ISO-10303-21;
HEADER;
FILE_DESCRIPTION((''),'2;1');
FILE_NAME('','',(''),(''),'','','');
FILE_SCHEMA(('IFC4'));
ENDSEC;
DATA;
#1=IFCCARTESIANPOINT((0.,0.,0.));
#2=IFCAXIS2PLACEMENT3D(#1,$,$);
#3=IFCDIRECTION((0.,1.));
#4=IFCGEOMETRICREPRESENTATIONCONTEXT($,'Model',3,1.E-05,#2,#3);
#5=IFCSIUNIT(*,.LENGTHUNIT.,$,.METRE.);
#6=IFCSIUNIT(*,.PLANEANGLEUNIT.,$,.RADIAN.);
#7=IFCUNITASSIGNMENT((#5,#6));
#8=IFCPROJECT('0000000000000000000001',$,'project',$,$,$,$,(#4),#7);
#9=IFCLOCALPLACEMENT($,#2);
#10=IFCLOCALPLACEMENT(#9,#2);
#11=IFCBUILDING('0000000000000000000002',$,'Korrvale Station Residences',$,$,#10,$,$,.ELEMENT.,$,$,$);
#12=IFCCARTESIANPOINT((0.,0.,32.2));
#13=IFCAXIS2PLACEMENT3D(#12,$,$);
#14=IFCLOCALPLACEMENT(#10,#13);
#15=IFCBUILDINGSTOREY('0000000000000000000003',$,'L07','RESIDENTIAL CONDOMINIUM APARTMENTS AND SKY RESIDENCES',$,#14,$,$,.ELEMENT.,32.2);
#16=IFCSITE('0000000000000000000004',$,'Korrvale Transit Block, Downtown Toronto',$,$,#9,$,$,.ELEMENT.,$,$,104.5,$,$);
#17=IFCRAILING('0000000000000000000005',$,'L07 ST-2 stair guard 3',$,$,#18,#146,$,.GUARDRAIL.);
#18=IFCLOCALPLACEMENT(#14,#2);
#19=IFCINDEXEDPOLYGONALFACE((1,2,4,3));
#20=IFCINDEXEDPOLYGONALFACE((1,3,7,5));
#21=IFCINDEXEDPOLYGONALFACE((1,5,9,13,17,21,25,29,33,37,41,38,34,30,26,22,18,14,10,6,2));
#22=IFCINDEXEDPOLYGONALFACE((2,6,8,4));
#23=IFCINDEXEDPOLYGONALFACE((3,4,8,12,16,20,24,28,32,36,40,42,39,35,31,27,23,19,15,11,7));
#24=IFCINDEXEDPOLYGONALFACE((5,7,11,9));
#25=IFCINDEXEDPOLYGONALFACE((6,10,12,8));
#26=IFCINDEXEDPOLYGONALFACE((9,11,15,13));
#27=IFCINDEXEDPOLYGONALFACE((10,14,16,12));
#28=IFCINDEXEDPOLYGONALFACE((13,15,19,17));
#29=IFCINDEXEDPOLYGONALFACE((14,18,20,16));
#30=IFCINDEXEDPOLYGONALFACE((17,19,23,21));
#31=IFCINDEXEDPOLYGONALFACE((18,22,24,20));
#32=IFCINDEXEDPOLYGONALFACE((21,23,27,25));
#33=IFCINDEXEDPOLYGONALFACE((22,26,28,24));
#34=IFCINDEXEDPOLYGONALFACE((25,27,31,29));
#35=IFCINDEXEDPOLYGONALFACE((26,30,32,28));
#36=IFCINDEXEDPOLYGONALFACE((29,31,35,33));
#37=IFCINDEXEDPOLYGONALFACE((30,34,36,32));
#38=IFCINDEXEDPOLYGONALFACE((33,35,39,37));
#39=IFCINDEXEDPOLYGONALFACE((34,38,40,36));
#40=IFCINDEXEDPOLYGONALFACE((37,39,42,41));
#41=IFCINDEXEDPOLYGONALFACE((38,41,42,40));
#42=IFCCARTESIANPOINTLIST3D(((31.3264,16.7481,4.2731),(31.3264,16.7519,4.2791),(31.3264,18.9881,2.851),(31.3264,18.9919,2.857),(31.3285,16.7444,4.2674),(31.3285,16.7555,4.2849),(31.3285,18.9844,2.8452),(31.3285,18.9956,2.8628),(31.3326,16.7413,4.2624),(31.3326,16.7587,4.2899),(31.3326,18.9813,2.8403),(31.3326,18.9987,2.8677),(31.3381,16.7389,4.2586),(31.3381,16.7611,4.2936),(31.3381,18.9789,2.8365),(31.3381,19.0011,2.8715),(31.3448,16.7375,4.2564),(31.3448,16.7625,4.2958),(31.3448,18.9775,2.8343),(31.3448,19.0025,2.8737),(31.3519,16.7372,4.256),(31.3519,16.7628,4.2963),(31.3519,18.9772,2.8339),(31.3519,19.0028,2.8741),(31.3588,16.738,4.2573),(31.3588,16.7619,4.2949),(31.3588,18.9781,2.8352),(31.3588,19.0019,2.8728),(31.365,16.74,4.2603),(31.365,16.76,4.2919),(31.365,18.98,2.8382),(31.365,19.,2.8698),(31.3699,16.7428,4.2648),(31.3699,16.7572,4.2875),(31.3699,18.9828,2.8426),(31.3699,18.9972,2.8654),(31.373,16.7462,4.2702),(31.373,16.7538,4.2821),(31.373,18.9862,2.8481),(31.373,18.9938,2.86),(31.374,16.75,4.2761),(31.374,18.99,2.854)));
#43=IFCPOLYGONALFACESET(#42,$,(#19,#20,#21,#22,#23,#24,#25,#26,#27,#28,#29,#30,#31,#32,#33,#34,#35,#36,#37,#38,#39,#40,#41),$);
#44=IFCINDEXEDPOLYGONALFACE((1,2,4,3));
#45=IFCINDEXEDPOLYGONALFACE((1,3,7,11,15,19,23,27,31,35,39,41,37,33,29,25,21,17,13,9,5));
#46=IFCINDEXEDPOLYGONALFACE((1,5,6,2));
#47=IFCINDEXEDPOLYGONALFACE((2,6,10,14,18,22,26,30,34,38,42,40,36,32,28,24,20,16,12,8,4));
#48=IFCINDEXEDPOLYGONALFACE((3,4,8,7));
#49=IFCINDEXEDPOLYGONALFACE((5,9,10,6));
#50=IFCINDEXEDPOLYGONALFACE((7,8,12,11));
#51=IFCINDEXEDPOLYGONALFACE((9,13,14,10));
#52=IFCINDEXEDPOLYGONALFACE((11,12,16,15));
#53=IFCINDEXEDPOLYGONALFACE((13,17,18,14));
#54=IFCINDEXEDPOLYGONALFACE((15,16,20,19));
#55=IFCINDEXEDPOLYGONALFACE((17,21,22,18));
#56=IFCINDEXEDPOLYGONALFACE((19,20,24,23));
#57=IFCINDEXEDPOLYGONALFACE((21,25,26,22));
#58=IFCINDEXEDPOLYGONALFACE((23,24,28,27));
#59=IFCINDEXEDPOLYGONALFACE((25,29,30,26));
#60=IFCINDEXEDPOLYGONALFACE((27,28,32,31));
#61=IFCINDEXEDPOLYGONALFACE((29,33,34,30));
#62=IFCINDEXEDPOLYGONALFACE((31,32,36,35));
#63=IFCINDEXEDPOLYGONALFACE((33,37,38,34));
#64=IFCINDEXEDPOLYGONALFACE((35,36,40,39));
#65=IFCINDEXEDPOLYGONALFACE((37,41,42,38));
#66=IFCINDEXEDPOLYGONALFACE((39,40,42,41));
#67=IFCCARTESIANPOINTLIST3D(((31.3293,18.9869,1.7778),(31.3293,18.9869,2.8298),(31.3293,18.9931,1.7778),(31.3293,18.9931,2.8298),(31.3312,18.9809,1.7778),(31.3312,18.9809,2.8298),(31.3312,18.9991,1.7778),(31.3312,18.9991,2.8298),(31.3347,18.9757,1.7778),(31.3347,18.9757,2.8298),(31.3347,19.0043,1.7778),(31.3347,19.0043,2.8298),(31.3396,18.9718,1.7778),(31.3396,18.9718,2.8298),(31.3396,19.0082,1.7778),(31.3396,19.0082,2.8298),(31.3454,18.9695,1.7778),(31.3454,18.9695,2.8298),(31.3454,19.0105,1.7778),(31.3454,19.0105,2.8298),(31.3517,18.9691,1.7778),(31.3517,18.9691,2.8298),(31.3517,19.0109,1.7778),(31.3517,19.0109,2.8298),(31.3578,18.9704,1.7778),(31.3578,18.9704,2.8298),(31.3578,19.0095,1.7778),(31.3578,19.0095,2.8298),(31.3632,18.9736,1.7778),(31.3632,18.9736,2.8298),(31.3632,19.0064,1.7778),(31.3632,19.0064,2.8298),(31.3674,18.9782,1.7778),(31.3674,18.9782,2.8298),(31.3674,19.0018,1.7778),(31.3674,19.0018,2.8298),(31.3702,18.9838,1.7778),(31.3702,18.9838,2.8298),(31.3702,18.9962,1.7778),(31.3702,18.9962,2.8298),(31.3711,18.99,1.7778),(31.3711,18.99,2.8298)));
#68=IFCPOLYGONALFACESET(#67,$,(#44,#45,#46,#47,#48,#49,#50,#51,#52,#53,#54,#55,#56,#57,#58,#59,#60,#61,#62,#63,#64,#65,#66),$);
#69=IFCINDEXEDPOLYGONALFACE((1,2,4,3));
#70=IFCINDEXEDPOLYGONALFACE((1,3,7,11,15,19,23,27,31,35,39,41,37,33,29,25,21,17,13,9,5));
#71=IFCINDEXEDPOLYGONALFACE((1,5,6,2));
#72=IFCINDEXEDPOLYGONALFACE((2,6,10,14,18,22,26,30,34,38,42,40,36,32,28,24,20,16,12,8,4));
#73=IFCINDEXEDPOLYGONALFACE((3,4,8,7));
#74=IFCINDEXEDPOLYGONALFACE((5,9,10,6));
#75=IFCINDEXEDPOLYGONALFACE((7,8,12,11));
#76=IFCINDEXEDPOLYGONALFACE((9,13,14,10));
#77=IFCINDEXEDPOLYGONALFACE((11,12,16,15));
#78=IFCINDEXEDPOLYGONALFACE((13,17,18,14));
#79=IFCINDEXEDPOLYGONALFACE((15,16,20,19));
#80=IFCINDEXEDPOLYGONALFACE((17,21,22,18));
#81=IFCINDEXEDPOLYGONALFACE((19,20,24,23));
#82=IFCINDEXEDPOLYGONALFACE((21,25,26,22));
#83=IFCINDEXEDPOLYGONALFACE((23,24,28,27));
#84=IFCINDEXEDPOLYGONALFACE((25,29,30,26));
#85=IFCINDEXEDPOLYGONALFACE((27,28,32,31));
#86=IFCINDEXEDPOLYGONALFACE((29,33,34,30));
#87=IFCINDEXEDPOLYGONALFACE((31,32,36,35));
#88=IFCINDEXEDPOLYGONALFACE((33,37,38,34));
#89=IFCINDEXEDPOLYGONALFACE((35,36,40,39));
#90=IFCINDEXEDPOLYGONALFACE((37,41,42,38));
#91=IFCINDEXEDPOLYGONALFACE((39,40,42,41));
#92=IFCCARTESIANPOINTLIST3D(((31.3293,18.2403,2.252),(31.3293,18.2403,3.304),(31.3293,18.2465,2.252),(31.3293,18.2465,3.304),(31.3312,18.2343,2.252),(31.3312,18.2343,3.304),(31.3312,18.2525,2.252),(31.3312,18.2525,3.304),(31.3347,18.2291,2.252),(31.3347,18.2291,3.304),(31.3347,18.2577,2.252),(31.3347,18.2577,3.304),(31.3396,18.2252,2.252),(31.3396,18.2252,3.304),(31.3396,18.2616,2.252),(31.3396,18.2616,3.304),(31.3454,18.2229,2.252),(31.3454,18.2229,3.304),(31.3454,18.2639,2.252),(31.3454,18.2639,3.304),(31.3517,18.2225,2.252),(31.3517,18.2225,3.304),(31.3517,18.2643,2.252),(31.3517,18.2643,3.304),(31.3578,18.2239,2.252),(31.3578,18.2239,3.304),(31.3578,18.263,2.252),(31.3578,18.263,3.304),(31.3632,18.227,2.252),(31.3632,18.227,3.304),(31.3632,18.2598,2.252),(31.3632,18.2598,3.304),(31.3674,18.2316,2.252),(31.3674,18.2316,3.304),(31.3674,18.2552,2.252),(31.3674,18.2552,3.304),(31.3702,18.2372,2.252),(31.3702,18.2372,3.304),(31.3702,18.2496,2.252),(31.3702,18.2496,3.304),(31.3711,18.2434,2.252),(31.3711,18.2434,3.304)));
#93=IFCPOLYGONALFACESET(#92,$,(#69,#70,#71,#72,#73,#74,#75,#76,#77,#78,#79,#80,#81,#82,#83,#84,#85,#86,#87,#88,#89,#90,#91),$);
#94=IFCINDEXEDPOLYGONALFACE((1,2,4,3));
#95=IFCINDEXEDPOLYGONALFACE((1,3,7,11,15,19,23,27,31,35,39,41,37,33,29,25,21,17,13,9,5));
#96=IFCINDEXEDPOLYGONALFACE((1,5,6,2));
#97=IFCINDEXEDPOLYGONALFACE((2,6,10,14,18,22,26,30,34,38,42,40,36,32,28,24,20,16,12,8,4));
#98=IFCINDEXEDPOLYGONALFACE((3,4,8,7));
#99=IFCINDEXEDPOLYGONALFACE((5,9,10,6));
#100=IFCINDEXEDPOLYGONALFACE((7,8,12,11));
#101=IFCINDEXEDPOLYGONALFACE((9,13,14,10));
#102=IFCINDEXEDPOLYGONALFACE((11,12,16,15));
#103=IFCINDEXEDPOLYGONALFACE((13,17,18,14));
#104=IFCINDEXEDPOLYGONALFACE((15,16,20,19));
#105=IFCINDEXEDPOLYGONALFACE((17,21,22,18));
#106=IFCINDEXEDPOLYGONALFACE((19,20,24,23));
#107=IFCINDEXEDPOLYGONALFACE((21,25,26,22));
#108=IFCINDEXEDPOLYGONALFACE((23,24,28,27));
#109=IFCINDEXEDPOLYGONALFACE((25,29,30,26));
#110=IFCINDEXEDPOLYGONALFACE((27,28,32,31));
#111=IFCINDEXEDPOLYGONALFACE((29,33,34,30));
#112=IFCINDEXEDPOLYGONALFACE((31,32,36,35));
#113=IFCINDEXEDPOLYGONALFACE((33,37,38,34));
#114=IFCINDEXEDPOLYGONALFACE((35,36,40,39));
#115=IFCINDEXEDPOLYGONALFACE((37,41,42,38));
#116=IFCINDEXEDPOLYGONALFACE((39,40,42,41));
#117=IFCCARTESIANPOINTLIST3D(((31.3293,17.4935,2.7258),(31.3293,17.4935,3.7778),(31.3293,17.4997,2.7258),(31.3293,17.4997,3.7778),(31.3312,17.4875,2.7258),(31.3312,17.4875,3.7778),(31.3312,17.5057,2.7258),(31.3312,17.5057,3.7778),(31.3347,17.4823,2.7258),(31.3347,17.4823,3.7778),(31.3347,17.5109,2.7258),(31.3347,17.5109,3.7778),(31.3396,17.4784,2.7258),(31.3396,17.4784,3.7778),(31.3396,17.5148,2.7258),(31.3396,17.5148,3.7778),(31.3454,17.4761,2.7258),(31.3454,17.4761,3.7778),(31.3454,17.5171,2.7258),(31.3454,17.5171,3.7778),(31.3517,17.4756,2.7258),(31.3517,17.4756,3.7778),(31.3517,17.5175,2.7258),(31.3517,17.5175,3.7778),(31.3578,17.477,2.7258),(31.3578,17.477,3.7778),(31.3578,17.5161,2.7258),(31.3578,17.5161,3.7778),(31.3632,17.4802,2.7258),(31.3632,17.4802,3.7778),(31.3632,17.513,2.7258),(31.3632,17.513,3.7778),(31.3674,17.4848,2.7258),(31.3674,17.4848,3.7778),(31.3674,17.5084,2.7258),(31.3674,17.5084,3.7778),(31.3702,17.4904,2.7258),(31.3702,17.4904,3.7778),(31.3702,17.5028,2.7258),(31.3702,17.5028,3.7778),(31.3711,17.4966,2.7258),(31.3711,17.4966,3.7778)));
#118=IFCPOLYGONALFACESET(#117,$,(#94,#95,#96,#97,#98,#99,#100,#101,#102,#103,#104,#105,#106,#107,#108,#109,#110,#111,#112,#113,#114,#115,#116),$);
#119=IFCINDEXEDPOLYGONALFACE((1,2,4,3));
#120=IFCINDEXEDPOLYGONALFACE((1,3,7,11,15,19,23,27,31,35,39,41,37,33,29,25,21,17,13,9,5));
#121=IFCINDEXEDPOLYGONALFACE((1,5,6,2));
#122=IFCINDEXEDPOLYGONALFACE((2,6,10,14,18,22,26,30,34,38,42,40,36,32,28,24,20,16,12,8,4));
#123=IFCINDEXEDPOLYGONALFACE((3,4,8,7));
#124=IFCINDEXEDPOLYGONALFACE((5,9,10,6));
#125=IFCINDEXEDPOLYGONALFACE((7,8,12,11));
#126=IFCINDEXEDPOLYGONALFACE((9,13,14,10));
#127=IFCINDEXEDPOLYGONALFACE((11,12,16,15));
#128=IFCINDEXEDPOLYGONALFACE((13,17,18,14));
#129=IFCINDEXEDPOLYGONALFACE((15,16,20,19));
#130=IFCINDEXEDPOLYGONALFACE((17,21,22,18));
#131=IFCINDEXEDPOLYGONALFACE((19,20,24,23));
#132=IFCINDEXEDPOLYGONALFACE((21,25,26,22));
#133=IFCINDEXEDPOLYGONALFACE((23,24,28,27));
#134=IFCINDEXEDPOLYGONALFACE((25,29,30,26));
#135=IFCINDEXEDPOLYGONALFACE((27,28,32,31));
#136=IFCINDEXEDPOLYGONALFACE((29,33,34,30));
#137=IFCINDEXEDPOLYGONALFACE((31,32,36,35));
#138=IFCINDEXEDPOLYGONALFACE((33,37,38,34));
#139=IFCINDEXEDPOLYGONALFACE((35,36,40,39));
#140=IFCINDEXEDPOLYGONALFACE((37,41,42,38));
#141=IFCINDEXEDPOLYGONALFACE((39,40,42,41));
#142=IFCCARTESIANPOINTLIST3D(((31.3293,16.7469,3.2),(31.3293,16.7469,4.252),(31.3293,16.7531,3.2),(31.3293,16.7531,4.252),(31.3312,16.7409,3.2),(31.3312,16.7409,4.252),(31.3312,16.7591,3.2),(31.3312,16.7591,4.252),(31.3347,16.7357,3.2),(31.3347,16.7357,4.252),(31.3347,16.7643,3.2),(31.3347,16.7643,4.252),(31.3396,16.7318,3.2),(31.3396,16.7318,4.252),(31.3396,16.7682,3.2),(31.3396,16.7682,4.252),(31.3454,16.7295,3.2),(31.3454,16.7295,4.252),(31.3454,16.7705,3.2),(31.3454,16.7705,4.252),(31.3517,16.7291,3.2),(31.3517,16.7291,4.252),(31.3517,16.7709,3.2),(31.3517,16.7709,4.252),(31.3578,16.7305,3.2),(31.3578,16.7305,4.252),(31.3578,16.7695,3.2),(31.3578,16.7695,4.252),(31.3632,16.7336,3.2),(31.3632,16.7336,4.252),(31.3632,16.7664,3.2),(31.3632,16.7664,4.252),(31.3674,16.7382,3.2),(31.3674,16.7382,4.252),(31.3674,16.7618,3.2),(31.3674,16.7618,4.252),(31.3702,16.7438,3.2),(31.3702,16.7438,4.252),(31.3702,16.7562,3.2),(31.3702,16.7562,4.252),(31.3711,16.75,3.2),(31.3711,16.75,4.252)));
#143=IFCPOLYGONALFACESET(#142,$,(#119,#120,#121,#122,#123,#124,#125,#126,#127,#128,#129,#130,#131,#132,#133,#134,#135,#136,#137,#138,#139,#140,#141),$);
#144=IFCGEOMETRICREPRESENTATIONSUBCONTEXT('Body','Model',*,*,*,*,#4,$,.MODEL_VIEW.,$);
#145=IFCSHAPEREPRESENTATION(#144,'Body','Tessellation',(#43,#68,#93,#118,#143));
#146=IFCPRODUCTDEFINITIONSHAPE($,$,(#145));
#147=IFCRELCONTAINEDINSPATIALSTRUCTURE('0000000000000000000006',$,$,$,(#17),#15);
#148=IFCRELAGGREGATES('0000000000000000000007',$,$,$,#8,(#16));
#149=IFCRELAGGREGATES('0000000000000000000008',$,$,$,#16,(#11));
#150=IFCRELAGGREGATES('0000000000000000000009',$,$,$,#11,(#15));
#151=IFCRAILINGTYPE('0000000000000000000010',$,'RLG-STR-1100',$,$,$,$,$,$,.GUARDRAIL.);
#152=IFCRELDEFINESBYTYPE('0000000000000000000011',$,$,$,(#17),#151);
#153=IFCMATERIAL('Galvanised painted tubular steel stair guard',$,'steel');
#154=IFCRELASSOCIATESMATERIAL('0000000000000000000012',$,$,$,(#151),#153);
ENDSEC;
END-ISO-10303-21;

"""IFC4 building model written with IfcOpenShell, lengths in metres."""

from ifc_helpers import new_model, si_unit, direction, frame, origin, origin_2d, place, context, subcontext, project, spatial, circle, extrude, material, type_object, element, save


model = new_model("IFC4")

# Units and contexts
model_context = context("Model", 3, precision=1e-05, world=origin(), true_north=direction((0.0, 1.0)))
body_context = subcontext(model_context, "Body", "Model", "MODEL_VIEW")
ifc_project = project(units=[si_unit("LENGTHUNIT", "METRE"), si_unit("PLANEANGLEUNIT", "RADIAN")], contexts=[model_context])

# Site, building, storey
site_placement = place(None, origin())
site = spatial("IfcSite", under=ifc_project, at=site_placement, Name="Korrvale Transit Block, Downtown Toronto", CompositionType="ELEMENT", RefElevation=104.5)
building_placement = place(site_placement, origin())
building = spatial("IfcBuilding", under=site, at=building_placement, Name="Korrvale Station Residences", CompositionType="ELEMENT")
storey_placement = place(building_placement, frame((0.0, 0.0, 32.2)))
storey = spatial("IfcBuildingStorey", under=building, at=storey_placement, Name="L07", Description="RESIDENTIAL CONDOMINIUM APARTMENTS AND SKY RESIDENCES", CompositionType="ELEMENT", Elevation=32.2)

# Railing
ifc_material_1 = material(Name="Galvanised painted tubular steel stair guard", Category="steel")
railing_type_1 = type_object("IfcRailingType", Name="RLG-STR-1100", PredefinedType="GUARDRAIL", material=ifc_material_1)
railing_1_placement = place(storey_placement, frame((31.3501, 18.99, 1.7778)))
element("IfcRailing", 1, at=railing_1_placement, inside=storey, type_object=railing_type_1, Name="L07 ST-2 stair guard 3", PredefinedType="GUARDRAIL", context=body_context, shape_type="SweptSolid", body=[
    extrude(circle(Radius=0.0239, at=origin_2d()), frame((0.0, 0.0, 1.0762), z_axis=(0.0, -0.844229, 0.535982), x_axis=(1.0, 0.0, 0.0)), (0.0, 0.0, 1.0), 2.6533),
    extrude(circle(Radius=0.021, at=origin_2d()), origin(), (0.0, 0.0, 1.0), 1.052),
    extrude(circle(Radius=0.021, at=origin_2d()), frame((0.0, -0.7466, 0.4741)), (0.0, 0.0, 1.0), 1.052),
    extrude(circle(Radius=0.021, at=origin_2d()), frame((0.0, -1.4934, 0.948)), (0.0, 0.0, 1.0), 1.052),
    extrude(circle(Radius=0.021, at=origin_2d()), frame((0.0, -2.24, 1.4221)), (0.0, 0.0, 1.0), 1.052),
])

save(model, "model.ifc")
